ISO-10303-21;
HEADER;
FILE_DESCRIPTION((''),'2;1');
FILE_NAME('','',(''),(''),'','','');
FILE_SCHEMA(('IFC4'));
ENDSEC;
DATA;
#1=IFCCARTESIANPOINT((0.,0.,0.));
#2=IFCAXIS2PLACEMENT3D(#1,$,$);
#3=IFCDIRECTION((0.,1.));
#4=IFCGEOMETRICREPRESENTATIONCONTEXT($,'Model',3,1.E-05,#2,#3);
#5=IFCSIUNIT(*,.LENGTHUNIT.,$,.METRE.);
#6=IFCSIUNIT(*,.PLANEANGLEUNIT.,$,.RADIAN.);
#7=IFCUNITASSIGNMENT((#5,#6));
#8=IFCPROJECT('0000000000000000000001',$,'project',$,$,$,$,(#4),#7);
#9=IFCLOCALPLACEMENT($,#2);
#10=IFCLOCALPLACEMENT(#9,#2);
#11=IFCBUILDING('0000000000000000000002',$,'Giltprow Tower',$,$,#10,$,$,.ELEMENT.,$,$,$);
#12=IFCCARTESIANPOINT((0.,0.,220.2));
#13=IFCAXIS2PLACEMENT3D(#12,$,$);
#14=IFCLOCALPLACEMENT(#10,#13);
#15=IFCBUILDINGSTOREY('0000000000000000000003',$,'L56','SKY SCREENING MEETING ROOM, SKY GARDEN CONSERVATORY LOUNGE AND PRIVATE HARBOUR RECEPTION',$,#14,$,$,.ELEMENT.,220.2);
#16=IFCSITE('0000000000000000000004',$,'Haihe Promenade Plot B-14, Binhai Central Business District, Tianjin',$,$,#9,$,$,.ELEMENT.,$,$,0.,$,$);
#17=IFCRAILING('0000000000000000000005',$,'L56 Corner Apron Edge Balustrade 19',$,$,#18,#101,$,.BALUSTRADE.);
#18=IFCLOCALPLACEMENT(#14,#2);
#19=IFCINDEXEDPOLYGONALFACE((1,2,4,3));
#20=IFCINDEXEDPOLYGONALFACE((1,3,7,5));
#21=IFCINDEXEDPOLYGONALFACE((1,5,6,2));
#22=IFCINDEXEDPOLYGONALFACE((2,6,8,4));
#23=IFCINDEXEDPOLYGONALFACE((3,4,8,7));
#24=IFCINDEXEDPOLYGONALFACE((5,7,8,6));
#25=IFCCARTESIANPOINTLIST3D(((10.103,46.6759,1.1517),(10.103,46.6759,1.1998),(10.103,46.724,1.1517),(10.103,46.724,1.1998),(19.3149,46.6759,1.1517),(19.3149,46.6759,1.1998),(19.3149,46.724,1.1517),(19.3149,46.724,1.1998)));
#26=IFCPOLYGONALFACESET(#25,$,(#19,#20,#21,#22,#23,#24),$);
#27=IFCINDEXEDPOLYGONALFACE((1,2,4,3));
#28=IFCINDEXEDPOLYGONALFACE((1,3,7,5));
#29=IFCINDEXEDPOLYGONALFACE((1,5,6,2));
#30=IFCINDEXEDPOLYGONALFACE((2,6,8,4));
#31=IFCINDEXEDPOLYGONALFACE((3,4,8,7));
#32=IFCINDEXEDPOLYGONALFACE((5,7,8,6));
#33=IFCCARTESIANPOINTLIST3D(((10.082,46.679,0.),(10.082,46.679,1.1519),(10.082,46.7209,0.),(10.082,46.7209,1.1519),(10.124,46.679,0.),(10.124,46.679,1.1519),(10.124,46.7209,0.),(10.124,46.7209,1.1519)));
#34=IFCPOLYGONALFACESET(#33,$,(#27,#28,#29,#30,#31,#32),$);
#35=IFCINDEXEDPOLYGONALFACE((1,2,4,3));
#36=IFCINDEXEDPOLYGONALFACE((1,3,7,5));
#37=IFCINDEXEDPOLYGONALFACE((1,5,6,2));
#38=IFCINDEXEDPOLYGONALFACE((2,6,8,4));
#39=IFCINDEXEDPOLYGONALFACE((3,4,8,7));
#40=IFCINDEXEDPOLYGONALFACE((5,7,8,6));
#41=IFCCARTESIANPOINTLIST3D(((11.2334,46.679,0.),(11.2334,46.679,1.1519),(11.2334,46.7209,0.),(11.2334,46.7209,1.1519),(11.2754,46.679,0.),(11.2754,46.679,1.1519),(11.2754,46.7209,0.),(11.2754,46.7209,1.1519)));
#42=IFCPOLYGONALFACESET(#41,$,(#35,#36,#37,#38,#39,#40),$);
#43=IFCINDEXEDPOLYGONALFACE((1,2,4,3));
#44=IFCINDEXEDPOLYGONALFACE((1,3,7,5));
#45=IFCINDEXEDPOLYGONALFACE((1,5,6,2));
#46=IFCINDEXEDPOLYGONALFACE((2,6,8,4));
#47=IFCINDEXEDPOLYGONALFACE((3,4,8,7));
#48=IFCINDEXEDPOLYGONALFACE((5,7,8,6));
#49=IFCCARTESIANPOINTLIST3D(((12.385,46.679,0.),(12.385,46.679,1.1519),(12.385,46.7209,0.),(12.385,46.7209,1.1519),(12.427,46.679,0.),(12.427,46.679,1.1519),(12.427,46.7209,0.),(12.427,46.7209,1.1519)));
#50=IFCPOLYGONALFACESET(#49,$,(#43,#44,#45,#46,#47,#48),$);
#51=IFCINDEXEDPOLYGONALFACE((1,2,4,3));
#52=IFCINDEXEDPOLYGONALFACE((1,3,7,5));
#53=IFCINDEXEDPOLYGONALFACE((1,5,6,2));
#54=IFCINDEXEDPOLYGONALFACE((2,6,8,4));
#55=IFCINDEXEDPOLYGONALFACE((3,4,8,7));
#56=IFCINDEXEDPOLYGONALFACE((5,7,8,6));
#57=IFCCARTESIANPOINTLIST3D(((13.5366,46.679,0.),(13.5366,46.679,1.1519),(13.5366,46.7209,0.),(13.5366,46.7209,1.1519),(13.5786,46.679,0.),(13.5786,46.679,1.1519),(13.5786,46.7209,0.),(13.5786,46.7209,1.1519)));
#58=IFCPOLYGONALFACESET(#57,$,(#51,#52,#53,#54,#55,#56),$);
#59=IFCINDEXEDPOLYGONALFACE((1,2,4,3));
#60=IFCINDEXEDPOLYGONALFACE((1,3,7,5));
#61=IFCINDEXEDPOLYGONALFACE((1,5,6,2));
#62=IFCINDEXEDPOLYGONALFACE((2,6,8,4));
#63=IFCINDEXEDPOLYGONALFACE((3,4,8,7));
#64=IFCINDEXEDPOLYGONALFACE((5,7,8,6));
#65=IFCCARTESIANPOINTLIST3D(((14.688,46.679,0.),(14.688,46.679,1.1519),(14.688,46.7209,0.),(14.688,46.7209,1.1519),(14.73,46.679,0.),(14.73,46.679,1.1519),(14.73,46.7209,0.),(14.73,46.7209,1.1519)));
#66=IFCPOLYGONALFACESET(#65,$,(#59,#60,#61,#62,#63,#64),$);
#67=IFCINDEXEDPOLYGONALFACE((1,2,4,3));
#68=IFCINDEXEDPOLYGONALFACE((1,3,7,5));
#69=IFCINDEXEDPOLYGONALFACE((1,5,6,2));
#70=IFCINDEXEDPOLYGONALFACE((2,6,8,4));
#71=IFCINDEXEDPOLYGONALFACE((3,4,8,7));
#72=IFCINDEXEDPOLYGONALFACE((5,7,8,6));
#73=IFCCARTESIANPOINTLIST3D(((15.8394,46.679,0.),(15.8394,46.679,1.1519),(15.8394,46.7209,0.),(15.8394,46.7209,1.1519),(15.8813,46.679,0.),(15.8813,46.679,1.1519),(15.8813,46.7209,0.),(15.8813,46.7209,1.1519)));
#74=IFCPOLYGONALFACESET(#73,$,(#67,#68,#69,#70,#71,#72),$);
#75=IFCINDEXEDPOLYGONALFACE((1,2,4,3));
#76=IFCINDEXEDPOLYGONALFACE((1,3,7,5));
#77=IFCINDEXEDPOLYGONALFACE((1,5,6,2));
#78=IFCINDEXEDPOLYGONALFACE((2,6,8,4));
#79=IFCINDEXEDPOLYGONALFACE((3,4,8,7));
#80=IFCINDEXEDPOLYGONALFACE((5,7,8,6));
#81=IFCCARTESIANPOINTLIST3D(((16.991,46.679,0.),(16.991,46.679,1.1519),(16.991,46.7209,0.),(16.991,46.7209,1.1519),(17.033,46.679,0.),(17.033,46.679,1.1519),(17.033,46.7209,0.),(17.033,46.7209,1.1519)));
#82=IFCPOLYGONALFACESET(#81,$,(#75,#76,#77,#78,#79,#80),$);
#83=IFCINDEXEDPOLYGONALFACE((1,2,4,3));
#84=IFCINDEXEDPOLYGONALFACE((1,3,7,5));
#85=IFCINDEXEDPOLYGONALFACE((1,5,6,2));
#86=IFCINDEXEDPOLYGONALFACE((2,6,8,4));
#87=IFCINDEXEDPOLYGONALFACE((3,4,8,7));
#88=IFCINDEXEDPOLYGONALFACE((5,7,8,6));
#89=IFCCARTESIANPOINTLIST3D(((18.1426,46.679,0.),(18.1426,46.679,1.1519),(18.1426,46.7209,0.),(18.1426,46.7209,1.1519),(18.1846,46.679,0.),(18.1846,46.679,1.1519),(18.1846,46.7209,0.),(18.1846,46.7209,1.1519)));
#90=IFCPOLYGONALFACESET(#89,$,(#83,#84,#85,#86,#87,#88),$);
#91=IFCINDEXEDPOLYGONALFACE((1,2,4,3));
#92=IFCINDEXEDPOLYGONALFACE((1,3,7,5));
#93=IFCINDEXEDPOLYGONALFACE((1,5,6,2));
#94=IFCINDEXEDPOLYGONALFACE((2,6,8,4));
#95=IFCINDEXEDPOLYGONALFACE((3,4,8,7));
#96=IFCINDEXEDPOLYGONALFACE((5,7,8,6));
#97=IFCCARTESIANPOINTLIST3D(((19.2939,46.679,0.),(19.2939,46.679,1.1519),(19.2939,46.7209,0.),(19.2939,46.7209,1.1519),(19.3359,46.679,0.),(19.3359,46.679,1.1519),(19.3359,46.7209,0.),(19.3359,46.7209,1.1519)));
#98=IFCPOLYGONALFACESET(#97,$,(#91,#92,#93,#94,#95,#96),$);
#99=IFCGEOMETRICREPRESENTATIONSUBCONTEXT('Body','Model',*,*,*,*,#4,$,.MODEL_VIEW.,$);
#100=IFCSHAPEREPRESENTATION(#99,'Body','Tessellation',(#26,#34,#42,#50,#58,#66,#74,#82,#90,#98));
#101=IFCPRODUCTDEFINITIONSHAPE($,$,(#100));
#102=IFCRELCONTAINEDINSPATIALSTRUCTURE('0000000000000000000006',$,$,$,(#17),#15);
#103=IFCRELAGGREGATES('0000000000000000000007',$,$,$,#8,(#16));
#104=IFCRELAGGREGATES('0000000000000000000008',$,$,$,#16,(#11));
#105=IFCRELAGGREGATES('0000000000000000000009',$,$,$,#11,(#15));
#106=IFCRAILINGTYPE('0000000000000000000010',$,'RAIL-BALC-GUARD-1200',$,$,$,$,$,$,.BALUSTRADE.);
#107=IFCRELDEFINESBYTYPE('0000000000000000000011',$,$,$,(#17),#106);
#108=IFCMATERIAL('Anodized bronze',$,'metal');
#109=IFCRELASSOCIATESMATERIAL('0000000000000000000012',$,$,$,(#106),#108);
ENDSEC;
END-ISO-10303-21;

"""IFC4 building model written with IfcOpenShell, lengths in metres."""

from ifc_helpers import new_model, si_unit, direction, frame, origin, origin_2d, place, context, subcontext, project, spatial, rectangle, extrude, material, type_object, element, save


model = new_model("IFC4")

# Units and contexts
model_context = context("Model", 3, precision=1e-05, world=origin(), true_north=direction((0.0, 1.0)))
body_context = subcontext(model_context, "Body", "Model", "MODEL_VIEW")
ifc_project = project(units=[si_unit("LENGTHUNIT", "METRE"), si_unit("PLANEANGLEUNIT", "RADIAN")], contexts=[model_context])

# Site, building, storey
site_placement = place(None, origin())
site = spatial("IfcSite", under=ifc_project, at=site_placement, Name="Haihe Promenade Plot B-14, Binhai Central Business District, Tianjin", CompositionType="ELEMENT", RefElevation=0.0)
building_placement = place(site_placement, origin())
building = spatial("IfcBuilding", under=site, at=building_placement, Name="Giltprow Tower", CompositionType="ELEMENT")
storey_placement = place(building_placement, frame((0.0, 0.0, 220.2)))
storey = spatial("IfcBuildingStorey", under=building, at=storey_placement, Name="L56", Description="SKY SCREENING MEETING ROOM, SKY GARDEN CONSERVATORY LOUNGE AND PRIVATE HARBOUR RECEPTION", CompositionType="ELEMENT", Elevation=220.2)

# Railing
ifc_material_1 = material(Name="Anodized bronze", Category="metal")
railing_type = type_object("IfcRailingType", Name="RAIL-BALC-GUARD-1200", PredefinedType="BALUSTRADE", material=ifc_material_1)
railing_1_placement = place(storey_placement, frame((10.103, 46.7, 0.0)))
element("IfcRailing", 1, at=railing_1_placement, inside=storey, type_object=railing_type, Name="L56 Corner Apron Edge Balustrade 19", PredefinedType="BALUSTRADE", context=body_context, shape_type="SweptSolid", body=[
    extrude(rectangle(XDim=0.0481, YDim=0.0481, at=origin_2d()), frame((0.0, 0.0, 1.1758), z_axis=(1.0, 0.0, 0.0), x_axis=(0.0, 1.0, 0.0)), (0.0, 0.0, 1.0), 9.2119),
    extrude(rectangle(XDim=0.042, YDim=0.042, at=origin_2d()), origin(), (0.0, 0.0, 1.0), 1.1519),
    extrude(rectangle(XDim=0.042, YDim=0.042, at=origin_2d()), frame((1.1514, 0.0, 0.0)), (0.0, 0.0, 1.0), 1.1519),
    extrude(rectangle(XDim=0.042, YDim=0.042, at=origin_2d()), frame((2.303, 0.0, 0.0)), (0.0, 0.0, 1.0), 1.1519),
    extrude(rectangle(XDim=0.042, YDim=0.042, at=origin_2d()), frame((3.4546, 0.0, 0.0)), (0.0, 0.0, 1.0), 1.1519),
    extrude(rectangle(XDim=0.042, YDim=0.042, at=origin_2d()), frame((4.606, 0.0, 0.0)), (0.0, 0.0, 1.0), 1.1519),
    extrude(rectangle(XDim=0.042, YDim=0.042, at=origin_2d()), frame((5.7573, 0.0, 0.0)), (0.0, 0.0, 1.0), 1.1519),
    extrude(rectangle(XDim=0.042, YDim=0.042, at=origin_2d()), frame((6.9089, 0.0, 0.0)), (0.0, 0.0, 1.0), 1.1519),
    extrude(rectangle(XDim=0.042, YDim=0.042, at=origin_2d()), frame((8.0605, 0.0, 0.0)), (0.0, 0.0, 1.0), 1.1519),
    extrude(rectangle(XDim=0.042, YDim=0.042, at=origin_2d()), frame((9.2119, 0.0, 0.0)), (0.0, 0.0, 1.0), 1.1519),
])

save(model, "model.ifc")
